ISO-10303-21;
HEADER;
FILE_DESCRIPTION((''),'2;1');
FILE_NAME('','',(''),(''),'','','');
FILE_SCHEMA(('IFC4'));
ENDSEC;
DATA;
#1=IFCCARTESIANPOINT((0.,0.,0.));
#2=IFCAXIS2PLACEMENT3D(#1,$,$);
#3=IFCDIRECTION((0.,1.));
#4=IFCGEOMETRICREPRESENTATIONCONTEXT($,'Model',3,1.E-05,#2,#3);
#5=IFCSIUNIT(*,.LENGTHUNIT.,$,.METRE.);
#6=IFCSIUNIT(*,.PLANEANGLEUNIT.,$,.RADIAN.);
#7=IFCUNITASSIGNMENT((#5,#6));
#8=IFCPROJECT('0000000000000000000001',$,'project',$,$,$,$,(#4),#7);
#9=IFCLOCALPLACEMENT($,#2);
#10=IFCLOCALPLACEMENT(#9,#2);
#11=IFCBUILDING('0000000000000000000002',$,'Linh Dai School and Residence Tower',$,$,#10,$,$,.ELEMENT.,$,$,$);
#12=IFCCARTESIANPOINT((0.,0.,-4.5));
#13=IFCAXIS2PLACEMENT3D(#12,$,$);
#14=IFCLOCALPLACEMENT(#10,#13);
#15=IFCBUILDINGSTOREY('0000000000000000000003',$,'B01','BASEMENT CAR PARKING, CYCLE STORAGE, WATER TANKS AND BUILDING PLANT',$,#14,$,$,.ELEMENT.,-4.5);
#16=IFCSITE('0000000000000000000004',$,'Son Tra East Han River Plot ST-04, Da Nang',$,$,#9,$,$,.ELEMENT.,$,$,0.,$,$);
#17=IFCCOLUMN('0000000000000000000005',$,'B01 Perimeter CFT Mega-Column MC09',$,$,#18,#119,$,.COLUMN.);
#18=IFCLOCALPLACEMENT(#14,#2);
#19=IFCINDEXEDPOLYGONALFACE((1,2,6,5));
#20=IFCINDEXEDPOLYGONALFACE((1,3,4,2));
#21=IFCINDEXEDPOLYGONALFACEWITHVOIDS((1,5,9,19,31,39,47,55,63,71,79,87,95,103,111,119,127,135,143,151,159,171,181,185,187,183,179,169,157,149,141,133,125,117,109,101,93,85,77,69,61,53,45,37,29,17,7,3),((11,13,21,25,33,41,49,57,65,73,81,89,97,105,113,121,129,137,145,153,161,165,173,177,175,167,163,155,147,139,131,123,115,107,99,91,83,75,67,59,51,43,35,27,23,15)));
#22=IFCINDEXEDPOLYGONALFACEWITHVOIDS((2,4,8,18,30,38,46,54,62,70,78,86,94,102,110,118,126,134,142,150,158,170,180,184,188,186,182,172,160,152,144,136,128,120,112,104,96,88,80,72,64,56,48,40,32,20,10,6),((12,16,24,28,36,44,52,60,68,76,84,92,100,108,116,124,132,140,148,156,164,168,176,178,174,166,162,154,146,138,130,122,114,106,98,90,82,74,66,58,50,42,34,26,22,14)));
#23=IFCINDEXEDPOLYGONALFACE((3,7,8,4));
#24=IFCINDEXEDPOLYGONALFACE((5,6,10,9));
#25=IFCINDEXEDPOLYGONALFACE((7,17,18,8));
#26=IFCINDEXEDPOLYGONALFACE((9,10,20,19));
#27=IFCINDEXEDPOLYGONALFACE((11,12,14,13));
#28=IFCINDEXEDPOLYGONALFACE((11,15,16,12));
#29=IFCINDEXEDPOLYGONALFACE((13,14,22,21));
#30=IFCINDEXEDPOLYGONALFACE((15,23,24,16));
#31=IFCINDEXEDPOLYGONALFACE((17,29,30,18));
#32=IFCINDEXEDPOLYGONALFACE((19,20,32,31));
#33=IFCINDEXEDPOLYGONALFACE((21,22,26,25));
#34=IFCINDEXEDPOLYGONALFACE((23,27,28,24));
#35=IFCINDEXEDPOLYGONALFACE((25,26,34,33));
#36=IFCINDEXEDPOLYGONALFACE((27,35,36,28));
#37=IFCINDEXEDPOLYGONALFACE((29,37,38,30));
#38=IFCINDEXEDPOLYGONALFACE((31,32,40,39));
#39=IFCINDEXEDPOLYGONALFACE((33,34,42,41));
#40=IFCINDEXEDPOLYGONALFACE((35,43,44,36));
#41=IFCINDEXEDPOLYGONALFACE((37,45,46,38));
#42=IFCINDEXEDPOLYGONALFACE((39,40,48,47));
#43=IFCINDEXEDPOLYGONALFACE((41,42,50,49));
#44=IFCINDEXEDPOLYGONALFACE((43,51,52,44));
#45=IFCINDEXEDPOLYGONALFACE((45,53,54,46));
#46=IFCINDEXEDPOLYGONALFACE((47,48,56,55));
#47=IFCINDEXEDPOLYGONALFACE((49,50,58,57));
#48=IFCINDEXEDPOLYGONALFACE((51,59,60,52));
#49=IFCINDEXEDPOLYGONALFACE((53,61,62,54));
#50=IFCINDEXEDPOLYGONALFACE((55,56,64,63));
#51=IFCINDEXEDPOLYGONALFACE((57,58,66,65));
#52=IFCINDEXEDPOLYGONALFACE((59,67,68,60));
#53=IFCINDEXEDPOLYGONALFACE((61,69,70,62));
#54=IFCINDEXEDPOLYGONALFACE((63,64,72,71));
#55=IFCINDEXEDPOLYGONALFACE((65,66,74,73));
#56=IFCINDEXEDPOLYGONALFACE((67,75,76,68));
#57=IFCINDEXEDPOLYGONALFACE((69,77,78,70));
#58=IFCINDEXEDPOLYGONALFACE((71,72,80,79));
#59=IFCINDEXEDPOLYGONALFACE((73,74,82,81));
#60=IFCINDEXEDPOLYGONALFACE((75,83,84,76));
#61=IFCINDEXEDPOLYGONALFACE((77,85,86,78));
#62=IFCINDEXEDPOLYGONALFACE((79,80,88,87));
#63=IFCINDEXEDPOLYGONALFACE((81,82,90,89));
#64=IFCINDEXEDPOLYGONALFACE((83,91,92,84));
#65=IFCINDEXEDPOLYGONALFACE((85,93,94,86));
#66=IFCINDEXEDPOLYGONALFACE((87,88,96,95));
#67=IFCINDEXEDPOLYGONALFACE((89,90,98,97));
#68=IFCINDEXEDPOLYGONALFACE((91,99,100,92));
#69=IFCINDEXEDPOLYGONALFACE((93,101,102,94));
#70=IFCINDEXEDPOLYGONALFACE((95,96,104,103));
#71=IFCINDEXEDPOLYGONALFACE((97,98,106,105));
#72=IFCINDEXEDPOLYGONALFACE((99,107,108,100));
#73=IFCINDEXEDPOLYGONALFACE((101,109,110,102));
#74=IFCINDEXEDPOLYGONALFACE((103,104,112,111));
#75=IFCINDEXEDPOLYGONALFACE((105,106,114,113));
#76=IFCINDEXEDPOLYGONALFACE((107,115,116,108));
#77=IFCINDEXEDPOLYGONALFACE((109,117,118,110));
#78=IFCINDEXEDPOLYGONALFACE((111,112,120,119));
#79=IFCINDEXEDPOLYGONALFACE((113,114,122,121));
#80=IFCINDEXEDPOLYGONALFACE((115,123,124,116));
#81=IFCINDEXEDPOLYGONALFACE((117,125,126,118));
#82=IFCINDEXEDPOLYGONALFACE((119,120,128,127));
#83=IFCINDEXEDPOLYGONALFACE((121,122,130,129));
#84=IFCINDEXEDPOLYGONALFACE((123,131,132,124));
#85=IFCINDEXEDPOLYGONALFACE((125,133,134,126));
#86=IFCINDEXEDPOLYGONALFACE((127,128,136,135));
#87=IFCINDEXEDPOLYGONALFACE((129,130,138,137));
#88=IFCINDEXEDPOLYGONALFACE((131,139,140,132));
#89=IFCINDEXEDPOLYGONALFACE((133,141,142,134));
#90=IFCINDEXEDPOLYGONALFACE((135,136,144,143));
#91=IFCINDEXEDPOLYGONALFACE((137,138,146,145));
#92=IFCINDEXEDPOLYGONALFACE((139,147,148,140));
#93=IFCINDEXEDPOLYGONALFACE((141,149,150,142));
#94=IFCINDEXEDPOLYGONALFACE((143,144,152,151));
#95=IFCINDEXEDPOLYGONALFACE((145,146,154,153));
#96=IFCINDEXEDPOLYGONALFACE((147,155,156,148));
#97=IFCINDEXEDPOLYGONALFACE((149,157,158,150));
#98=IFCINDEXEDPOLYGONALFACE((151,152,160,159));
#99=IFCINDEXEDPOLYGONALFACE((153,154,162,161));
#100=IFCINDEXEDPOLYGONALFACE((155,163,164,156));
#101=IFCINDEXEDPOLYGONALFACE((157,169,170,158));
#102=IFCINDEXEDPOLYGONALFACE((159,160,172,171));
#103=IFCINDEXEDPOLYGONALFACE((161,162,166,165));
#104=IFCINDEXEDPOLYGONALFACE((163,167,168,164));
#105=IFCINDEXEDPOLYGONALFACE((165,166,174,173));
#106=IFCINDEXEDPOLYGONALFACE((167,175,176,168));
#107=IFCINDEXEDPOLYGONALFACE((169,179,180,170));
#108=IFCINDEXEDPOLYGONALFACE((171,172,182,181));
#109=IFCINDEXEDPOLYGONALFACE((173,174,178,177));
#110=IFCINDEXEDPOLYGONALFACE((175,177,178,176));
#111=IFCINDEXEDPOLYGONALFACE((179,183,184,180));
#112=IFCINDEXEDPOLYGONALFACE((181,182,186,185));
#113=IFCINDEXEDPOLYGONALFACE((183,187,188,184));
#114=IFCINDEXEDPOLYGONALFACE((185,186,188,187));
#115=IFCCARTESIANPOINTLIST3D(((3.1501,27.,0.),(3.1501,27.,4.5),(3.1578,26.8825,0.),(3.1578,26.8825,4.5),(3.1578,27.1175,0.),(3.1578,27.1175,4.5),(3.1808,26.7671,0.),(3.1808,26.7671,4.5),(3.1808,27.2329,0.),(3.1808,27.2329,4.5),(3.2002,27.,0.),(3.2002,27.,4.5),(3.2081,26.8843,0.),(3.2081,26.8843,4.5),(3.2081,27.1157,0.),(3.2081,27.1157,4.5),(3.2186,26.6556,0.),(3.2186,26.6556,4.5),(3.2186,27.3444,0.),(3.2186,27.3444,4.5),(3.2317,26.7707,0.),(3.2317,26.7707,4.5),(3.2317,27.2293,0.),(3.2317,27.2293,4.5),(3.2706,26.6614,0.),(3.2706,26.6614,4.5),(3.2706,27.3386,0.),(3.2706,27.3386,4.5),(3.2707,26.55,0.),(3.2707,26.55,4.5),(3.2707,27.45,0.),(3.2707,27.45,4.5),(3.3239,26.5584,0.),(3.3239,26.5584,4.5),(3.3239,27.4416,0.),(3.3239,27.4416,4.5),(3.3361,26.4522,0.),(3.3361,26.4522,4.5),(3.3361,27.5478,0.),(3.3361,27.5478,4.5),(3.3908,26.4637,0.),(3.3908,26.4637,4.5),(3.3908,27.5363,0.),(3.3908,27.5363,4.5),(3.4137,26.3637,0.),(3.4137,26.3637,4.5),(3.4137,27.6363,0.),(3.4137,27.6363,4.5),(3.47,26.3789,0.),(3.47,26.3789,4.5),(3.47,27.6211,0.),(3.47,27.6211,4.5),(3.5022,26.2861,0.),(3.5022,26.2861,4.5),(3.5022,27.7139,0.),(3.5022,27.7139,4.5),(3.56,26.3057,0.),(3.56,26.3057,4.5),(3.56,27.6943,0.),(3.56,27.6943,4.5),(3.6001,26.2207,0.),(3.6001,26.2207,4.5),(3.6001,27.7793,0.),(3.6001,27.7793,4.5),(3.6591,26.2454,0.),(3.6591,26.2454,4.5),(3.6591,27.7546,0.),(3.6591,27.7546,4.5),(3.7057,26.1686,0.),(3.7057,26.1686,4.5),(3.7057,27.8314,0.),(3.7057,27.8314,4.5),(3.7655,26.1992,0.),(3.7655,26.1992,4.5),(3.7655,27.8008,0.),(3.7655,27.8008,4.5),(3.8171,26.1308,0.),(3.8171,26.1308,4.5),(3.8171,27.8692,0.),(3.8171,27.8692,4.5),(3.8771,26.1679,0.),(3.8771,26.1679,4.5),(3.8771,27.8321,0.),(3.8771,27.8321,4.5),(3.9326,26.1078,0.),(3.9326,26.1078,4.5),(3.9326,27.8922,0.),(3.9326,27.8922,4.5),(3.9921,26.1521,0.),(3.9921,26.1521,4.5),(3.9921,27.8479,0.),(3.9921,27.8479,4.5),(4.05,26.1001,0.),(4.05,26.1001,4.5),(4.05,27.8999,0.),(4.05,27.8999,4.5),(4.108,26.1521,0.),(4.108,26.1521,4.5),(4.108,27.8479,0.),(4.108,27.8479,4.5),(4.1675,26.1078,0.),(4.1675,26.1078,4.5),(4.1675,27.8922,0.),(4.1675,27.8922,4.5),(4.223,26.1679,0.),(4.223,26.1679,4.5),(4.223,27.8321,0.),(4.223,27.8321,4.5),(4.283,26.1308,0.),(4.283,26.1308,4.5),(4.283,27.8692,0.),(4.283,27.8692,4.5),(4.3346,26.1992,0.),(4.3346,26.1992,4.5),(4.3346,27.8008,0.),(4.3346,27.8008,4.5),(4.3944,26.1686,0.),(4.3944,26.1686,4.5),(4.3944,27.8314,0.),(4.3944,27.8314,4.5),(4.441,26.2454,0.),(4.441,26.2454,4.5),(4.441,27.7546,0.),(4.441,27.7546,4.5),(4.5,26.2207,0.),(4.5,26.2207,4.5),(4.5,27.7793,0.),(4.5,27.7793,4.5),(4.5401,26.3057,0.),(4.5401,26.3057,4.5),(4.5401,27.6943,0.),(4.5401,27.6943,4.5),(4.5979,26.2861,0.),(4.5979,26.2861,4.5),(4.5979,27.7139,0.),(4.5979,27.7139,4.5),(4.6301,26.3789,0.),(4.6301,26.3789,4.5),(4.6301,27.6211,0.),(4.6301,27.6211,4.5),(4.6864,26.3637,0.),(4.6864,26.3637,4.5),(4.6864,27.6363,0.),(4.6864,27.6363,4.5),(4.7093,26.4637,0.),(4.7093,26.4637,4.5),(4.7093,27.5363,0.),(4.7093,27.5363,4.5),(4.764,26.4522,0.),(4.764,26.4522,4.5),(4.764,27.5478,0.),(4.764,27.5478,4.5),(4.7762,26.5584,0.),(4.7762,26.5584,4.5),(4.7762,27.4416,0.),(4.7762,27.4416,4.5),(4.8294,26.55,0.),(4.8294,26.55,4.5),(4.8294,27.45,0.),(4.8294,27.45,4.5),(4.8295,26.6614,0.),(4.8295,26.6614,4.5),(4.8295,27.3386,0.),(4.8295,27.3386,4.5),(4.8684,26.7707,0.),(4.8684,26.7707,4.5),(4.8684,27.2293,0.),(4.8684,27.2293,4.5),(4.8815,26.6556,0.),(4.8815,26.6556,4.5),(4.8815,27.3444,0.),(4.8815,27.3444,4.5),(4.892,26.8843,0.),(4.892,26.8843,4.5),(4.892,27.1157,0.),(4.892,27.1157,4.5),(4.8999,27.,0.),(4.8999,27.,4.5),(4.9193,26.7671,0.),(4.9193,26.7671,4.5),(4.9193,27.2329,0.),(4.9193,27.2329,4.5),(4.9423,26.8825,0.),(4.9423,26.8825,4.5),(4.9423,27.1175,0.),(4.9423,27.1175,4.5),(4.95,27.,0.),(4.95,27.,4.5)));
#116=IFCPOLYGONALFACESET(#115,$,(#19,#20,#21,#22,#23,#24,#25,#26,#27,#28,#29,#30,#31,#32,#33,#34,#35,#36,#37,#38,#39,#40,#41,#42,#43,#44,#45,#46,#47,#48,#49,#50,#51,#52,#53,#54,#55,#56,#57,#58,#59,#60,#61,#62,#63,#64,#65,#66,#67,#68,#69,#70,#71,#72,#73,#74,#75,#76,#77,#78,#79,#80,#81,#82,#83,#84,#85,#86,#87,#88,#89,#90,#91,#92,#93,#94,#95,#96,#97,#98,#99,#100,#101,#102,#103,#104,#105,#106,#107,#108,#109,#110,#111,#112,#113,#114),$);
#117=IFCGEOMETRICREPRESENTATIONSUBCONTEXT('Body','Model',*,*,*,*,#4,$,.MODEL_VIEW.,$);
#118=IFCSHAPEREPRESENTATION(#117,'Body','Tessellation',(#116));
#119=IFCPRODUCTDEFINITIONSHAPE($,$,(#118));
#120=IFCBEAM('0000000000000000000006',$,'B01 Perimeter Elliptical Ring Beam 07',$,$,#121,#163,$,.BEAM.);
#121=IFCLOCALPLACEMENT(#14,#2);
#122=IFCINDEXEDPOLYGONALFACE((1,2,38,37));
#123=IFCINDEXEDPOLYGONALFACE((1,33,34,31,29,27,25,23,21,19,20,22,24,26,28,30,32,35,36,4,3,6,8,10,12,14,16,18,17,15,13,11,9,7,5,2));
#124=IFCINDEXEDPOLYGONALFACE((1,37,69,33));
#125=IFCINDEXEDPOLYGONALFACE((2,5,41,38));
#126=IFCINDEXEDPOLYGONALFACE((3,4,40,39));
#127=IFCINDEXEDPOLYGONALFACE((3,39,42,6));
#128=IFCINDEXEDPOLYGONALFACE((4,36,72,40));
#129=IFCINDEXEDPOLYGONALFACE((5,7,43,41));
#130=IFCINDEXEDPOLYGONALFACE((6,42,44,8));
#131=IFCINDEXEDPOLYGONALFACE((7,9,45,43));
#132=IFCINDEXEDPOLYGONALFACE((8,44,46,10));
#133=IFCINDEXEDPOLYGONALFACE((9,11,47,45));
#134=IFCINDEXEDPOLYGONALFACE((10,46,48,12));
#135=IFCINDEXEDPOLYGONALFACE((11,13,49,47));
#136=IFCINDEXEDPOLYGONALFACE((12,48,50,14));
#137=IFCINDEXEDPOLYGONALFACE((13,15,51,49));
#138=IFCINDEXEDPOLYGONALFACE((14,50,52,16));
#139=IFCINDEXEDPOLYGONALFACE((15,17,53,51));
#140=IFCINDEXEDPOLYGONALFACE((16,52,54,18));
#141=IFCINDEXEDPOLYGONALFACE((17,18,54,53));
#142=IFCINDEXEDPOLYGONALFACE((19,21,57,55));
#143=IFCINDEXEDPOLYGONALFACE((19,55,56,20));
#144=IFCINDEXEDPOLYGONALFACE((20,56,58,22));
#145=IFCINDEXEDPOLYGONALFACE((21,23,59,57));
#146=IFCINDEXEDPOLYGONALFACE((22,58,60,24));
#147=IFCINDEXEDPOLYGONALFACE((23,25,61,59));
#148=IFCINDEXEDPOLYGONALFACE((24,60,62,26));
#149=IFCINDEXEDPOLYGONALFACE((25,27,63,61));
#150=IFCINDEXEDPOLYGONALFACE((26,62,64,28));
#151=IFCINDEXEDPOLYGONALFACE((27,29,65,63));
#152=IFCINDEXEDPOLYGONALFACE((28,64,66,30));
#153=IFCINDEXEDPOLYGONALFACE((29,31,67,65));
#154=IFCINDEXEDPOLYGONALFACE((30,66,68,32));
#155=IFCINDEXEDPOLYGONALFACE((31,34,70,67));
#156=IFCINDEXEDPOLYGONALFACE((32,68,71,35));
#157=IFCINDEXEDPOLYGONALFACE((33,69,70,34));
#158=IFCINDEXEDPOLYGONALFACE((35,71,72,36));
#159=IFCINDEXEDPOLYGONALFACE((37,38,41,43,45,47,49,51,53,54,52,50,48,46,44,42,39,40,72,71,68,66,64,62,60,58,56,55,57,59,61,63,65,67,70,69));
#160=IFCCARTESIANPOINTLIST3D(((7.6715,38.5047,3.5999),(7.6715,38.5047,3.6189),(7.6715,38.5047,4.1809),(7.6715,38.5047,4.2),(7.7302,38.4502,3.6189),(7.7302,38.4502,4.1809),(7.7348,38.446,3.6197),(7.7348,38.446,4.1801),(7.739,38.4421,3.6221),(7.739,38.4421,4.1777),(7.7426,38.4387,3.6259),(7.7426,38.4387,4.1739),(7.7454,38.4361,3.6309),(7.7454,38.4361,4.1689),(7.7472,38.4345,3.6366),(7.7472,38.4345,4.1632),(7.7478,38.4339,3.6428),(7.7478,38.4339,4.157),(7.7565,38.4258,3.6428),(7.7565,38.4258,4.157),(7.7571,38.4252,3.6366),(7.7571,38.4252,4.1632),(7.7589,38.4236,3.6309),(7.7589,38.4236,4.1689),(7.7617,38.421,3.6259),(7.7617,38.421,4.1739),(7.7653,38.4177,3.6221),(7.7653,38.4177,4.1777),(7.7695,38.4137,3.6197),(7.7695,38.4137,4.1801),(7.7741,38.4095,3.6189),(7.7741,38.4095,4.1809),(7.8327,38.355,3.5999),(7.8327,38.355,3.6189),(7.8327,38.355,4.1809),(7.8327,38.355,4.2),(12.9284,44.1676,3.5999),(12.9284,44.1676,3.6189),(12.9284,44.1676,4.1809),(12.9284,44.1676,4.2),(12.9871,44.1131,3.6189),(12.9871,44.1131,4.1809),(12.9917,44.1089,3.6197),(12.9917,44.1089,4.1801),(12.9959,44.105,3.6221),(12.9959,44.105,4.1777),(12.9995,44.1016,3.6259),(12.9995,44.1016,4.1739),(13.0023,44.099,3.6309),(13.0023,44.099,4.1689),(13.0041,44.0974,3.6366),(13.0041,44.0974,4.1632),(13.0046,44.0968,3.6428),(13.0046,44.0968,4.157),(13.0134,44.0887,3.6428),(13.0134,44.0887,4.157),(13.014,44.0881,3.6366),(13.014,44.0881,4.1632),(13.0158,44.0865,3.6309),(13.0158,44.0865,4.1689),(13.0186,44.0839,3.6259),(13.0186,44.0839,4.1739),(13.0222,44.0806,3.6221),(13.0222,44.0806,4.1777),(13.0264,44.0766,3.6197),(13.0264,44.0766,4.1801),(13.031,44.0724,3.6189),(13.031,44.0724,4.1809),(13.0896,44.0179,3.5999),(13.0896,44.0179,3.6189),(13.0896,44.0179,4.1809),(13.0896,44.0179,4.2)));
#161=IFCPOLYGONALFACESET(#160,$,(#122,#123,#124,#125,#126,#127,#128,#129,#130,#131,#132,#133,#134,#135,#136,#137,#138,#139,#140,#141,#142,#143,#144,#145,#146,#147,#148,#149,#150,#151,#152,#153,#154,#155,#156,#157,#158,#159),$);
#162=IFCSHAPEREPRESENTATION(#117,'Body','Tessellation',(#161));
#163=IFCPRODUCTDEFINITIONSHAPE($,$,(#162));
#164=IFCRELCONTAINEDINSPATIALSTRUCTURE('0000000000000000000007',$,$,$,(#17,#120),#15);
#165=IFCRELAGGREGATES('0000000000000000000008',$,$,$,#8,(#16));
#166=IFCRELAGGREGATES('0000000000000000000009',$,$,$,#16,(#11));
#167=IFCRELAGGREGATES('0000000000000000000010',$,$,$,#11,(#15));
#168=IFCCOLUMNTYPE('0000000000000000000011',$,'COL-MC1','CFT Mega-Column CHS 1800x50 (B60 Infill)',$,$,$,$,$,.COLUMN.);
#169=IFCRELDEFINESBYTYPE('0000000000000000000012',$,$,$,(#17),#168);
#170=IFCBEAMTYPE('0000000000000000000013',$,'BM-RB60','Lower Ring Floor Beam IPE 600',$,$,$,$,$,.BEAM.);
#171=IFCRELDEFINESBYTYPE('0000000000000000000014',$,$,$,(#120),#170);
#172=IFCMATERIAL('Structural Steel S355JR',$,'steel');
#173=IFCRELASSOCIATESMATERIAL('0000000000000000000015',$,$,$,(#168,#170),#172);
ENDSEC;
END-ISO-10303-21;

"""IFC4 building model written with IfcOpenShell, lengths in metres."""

from ifc_helpers import new_model, si_unit, direction, frame, origin, origin_2d, place, context, subcontext, project, spatial, hollow_circle, i_section, extrude, material, material_profile, profile_set, type_object, element, save


model = new_model("IFC4")

# Units and contexts
model_context = context("Model", 3, precision=1e-05, world=origin(), true_north=direction((0.0, 1.0)))
body_context = subcontext(model_context, "Body", "Model", "MODEL_VIEW")
ifc_project = project(units=[si_unit("LENGTHUNIT", "METRE"), si_unit("PLANEANGLEUNIT", "RADIAN")], contexts=[model_context])

# Site, building, storey
site_placement = place(None, origin())
site = spatial("IfcSite", under=ifc_project, at=site_placement, Name="Son Tra East Han River Plot ST-04, Da Nang", CompositionType="ELEMENT", RefElevation=0.0)
building_placement = place(site_placement, origin())
building = spatial("IfcBuilding", under=site, at=building_placement, Name="Linh Dai School and Residence Tower", CompositionType="ELEMENT")
storey_placement = place(building_placement, frame((0.0, 0.0, -4.5)))
storey = spatial("IfcBuildingStorey", under=building, at=storey_placement, Name="B01", Description="BASEMENT CAR PARKING, CYCLE STORAGE, WATER TANKS AND BUILDING PLANT", CompositionType="ELEMENT", Elevation=-4.5)

# Column
ifc_material_1 = material(Name="Structural Steel S355JR", Category="steel")
ifc_material_profile_1 = material_profile(ifc_material_1, hollow_circle(Radius=0.8999, WallThickness=0.05, at=origin_2d()), Name="CHS 1800x50")
ifc_profile_set_1 = profile_set([ifc_material_profile_1], Name="Structural Steel S355JR")
column_type_1 = type_object("IfcColumnType", Name="COL-MC1", Description="CFT Mega-Column CHS 1800x50 (B60 Infill)", PredefinedType="COLUMN", material=ifc_profile_set_1)
for number, where, z_axis, x_axis, name in (
    (1, (4.05, 27.0, 0.0), (0.0, 0.0, 1.0), (1.0, 0.0, 0.0), "B01 Perimeter CFT Mega-Column MC09"),
):
    element("IfcColumn", number, at=place(storey_placement, frame(where, z_axis=z_axis, x_axis=x_axis)), inside=storey, type_object=column_type_1, Name=name, PredefinedType="COLUMN", context=body_context, shape_type="SweptSolid", body=[
        extrude(hollow_circle(Radius=0.8999, WallThickness=0.05, at=origin_2d()), origin(), (0.0, 0.0, 1.0), 4.5),
    ])

# Beam
ifc_material_profile_2 = material_profile(ifc_material_1, i_section(OverallWidth=0.22, OverallDepth=0.6001, WebThickness=0.012, FlangeThickness=0.019, FilletRadius=0.0239, at=origin_2d()), Name="IPE 600")
ifc_profile_set_2 = profile_set([ifc_material_profile_2], Name="Structural Steel S355JR")
beam_type_1 = type_object("IfcBeamType", Name="BM-RB60", Description="Lower Ring Floor Beam IPE 600", PredefinedType="BEAM", material=ifc_profile_set_2)
beam_1_placement = place(storey_placement, frame((13.009, 44.0928, 3.8999), z_axis=(-0.680346, -0.732891, 0.0), x_axis=(0.732891, -0.680346, 0.0)))
element("IfcBeam", 2, at=beam_1_placement, inside=storey, type_object=beam_type_1, Name="B01 Perimeter Elliptical Ring Beam 07", PredefinedType="BEAM", context=body_context, shape_type="SweptSolid", body=[
    extrude(i_section(OverallWidth=0.22, OverallDepth=0.6001, WebThickness=0.012, FlangeThickness=0.019, FilletRadius=0.0239, at=origin_2d()), origin(), (0.0, 0.0, 1.0), 7.7268),
])

save(model, "model.ifc")
